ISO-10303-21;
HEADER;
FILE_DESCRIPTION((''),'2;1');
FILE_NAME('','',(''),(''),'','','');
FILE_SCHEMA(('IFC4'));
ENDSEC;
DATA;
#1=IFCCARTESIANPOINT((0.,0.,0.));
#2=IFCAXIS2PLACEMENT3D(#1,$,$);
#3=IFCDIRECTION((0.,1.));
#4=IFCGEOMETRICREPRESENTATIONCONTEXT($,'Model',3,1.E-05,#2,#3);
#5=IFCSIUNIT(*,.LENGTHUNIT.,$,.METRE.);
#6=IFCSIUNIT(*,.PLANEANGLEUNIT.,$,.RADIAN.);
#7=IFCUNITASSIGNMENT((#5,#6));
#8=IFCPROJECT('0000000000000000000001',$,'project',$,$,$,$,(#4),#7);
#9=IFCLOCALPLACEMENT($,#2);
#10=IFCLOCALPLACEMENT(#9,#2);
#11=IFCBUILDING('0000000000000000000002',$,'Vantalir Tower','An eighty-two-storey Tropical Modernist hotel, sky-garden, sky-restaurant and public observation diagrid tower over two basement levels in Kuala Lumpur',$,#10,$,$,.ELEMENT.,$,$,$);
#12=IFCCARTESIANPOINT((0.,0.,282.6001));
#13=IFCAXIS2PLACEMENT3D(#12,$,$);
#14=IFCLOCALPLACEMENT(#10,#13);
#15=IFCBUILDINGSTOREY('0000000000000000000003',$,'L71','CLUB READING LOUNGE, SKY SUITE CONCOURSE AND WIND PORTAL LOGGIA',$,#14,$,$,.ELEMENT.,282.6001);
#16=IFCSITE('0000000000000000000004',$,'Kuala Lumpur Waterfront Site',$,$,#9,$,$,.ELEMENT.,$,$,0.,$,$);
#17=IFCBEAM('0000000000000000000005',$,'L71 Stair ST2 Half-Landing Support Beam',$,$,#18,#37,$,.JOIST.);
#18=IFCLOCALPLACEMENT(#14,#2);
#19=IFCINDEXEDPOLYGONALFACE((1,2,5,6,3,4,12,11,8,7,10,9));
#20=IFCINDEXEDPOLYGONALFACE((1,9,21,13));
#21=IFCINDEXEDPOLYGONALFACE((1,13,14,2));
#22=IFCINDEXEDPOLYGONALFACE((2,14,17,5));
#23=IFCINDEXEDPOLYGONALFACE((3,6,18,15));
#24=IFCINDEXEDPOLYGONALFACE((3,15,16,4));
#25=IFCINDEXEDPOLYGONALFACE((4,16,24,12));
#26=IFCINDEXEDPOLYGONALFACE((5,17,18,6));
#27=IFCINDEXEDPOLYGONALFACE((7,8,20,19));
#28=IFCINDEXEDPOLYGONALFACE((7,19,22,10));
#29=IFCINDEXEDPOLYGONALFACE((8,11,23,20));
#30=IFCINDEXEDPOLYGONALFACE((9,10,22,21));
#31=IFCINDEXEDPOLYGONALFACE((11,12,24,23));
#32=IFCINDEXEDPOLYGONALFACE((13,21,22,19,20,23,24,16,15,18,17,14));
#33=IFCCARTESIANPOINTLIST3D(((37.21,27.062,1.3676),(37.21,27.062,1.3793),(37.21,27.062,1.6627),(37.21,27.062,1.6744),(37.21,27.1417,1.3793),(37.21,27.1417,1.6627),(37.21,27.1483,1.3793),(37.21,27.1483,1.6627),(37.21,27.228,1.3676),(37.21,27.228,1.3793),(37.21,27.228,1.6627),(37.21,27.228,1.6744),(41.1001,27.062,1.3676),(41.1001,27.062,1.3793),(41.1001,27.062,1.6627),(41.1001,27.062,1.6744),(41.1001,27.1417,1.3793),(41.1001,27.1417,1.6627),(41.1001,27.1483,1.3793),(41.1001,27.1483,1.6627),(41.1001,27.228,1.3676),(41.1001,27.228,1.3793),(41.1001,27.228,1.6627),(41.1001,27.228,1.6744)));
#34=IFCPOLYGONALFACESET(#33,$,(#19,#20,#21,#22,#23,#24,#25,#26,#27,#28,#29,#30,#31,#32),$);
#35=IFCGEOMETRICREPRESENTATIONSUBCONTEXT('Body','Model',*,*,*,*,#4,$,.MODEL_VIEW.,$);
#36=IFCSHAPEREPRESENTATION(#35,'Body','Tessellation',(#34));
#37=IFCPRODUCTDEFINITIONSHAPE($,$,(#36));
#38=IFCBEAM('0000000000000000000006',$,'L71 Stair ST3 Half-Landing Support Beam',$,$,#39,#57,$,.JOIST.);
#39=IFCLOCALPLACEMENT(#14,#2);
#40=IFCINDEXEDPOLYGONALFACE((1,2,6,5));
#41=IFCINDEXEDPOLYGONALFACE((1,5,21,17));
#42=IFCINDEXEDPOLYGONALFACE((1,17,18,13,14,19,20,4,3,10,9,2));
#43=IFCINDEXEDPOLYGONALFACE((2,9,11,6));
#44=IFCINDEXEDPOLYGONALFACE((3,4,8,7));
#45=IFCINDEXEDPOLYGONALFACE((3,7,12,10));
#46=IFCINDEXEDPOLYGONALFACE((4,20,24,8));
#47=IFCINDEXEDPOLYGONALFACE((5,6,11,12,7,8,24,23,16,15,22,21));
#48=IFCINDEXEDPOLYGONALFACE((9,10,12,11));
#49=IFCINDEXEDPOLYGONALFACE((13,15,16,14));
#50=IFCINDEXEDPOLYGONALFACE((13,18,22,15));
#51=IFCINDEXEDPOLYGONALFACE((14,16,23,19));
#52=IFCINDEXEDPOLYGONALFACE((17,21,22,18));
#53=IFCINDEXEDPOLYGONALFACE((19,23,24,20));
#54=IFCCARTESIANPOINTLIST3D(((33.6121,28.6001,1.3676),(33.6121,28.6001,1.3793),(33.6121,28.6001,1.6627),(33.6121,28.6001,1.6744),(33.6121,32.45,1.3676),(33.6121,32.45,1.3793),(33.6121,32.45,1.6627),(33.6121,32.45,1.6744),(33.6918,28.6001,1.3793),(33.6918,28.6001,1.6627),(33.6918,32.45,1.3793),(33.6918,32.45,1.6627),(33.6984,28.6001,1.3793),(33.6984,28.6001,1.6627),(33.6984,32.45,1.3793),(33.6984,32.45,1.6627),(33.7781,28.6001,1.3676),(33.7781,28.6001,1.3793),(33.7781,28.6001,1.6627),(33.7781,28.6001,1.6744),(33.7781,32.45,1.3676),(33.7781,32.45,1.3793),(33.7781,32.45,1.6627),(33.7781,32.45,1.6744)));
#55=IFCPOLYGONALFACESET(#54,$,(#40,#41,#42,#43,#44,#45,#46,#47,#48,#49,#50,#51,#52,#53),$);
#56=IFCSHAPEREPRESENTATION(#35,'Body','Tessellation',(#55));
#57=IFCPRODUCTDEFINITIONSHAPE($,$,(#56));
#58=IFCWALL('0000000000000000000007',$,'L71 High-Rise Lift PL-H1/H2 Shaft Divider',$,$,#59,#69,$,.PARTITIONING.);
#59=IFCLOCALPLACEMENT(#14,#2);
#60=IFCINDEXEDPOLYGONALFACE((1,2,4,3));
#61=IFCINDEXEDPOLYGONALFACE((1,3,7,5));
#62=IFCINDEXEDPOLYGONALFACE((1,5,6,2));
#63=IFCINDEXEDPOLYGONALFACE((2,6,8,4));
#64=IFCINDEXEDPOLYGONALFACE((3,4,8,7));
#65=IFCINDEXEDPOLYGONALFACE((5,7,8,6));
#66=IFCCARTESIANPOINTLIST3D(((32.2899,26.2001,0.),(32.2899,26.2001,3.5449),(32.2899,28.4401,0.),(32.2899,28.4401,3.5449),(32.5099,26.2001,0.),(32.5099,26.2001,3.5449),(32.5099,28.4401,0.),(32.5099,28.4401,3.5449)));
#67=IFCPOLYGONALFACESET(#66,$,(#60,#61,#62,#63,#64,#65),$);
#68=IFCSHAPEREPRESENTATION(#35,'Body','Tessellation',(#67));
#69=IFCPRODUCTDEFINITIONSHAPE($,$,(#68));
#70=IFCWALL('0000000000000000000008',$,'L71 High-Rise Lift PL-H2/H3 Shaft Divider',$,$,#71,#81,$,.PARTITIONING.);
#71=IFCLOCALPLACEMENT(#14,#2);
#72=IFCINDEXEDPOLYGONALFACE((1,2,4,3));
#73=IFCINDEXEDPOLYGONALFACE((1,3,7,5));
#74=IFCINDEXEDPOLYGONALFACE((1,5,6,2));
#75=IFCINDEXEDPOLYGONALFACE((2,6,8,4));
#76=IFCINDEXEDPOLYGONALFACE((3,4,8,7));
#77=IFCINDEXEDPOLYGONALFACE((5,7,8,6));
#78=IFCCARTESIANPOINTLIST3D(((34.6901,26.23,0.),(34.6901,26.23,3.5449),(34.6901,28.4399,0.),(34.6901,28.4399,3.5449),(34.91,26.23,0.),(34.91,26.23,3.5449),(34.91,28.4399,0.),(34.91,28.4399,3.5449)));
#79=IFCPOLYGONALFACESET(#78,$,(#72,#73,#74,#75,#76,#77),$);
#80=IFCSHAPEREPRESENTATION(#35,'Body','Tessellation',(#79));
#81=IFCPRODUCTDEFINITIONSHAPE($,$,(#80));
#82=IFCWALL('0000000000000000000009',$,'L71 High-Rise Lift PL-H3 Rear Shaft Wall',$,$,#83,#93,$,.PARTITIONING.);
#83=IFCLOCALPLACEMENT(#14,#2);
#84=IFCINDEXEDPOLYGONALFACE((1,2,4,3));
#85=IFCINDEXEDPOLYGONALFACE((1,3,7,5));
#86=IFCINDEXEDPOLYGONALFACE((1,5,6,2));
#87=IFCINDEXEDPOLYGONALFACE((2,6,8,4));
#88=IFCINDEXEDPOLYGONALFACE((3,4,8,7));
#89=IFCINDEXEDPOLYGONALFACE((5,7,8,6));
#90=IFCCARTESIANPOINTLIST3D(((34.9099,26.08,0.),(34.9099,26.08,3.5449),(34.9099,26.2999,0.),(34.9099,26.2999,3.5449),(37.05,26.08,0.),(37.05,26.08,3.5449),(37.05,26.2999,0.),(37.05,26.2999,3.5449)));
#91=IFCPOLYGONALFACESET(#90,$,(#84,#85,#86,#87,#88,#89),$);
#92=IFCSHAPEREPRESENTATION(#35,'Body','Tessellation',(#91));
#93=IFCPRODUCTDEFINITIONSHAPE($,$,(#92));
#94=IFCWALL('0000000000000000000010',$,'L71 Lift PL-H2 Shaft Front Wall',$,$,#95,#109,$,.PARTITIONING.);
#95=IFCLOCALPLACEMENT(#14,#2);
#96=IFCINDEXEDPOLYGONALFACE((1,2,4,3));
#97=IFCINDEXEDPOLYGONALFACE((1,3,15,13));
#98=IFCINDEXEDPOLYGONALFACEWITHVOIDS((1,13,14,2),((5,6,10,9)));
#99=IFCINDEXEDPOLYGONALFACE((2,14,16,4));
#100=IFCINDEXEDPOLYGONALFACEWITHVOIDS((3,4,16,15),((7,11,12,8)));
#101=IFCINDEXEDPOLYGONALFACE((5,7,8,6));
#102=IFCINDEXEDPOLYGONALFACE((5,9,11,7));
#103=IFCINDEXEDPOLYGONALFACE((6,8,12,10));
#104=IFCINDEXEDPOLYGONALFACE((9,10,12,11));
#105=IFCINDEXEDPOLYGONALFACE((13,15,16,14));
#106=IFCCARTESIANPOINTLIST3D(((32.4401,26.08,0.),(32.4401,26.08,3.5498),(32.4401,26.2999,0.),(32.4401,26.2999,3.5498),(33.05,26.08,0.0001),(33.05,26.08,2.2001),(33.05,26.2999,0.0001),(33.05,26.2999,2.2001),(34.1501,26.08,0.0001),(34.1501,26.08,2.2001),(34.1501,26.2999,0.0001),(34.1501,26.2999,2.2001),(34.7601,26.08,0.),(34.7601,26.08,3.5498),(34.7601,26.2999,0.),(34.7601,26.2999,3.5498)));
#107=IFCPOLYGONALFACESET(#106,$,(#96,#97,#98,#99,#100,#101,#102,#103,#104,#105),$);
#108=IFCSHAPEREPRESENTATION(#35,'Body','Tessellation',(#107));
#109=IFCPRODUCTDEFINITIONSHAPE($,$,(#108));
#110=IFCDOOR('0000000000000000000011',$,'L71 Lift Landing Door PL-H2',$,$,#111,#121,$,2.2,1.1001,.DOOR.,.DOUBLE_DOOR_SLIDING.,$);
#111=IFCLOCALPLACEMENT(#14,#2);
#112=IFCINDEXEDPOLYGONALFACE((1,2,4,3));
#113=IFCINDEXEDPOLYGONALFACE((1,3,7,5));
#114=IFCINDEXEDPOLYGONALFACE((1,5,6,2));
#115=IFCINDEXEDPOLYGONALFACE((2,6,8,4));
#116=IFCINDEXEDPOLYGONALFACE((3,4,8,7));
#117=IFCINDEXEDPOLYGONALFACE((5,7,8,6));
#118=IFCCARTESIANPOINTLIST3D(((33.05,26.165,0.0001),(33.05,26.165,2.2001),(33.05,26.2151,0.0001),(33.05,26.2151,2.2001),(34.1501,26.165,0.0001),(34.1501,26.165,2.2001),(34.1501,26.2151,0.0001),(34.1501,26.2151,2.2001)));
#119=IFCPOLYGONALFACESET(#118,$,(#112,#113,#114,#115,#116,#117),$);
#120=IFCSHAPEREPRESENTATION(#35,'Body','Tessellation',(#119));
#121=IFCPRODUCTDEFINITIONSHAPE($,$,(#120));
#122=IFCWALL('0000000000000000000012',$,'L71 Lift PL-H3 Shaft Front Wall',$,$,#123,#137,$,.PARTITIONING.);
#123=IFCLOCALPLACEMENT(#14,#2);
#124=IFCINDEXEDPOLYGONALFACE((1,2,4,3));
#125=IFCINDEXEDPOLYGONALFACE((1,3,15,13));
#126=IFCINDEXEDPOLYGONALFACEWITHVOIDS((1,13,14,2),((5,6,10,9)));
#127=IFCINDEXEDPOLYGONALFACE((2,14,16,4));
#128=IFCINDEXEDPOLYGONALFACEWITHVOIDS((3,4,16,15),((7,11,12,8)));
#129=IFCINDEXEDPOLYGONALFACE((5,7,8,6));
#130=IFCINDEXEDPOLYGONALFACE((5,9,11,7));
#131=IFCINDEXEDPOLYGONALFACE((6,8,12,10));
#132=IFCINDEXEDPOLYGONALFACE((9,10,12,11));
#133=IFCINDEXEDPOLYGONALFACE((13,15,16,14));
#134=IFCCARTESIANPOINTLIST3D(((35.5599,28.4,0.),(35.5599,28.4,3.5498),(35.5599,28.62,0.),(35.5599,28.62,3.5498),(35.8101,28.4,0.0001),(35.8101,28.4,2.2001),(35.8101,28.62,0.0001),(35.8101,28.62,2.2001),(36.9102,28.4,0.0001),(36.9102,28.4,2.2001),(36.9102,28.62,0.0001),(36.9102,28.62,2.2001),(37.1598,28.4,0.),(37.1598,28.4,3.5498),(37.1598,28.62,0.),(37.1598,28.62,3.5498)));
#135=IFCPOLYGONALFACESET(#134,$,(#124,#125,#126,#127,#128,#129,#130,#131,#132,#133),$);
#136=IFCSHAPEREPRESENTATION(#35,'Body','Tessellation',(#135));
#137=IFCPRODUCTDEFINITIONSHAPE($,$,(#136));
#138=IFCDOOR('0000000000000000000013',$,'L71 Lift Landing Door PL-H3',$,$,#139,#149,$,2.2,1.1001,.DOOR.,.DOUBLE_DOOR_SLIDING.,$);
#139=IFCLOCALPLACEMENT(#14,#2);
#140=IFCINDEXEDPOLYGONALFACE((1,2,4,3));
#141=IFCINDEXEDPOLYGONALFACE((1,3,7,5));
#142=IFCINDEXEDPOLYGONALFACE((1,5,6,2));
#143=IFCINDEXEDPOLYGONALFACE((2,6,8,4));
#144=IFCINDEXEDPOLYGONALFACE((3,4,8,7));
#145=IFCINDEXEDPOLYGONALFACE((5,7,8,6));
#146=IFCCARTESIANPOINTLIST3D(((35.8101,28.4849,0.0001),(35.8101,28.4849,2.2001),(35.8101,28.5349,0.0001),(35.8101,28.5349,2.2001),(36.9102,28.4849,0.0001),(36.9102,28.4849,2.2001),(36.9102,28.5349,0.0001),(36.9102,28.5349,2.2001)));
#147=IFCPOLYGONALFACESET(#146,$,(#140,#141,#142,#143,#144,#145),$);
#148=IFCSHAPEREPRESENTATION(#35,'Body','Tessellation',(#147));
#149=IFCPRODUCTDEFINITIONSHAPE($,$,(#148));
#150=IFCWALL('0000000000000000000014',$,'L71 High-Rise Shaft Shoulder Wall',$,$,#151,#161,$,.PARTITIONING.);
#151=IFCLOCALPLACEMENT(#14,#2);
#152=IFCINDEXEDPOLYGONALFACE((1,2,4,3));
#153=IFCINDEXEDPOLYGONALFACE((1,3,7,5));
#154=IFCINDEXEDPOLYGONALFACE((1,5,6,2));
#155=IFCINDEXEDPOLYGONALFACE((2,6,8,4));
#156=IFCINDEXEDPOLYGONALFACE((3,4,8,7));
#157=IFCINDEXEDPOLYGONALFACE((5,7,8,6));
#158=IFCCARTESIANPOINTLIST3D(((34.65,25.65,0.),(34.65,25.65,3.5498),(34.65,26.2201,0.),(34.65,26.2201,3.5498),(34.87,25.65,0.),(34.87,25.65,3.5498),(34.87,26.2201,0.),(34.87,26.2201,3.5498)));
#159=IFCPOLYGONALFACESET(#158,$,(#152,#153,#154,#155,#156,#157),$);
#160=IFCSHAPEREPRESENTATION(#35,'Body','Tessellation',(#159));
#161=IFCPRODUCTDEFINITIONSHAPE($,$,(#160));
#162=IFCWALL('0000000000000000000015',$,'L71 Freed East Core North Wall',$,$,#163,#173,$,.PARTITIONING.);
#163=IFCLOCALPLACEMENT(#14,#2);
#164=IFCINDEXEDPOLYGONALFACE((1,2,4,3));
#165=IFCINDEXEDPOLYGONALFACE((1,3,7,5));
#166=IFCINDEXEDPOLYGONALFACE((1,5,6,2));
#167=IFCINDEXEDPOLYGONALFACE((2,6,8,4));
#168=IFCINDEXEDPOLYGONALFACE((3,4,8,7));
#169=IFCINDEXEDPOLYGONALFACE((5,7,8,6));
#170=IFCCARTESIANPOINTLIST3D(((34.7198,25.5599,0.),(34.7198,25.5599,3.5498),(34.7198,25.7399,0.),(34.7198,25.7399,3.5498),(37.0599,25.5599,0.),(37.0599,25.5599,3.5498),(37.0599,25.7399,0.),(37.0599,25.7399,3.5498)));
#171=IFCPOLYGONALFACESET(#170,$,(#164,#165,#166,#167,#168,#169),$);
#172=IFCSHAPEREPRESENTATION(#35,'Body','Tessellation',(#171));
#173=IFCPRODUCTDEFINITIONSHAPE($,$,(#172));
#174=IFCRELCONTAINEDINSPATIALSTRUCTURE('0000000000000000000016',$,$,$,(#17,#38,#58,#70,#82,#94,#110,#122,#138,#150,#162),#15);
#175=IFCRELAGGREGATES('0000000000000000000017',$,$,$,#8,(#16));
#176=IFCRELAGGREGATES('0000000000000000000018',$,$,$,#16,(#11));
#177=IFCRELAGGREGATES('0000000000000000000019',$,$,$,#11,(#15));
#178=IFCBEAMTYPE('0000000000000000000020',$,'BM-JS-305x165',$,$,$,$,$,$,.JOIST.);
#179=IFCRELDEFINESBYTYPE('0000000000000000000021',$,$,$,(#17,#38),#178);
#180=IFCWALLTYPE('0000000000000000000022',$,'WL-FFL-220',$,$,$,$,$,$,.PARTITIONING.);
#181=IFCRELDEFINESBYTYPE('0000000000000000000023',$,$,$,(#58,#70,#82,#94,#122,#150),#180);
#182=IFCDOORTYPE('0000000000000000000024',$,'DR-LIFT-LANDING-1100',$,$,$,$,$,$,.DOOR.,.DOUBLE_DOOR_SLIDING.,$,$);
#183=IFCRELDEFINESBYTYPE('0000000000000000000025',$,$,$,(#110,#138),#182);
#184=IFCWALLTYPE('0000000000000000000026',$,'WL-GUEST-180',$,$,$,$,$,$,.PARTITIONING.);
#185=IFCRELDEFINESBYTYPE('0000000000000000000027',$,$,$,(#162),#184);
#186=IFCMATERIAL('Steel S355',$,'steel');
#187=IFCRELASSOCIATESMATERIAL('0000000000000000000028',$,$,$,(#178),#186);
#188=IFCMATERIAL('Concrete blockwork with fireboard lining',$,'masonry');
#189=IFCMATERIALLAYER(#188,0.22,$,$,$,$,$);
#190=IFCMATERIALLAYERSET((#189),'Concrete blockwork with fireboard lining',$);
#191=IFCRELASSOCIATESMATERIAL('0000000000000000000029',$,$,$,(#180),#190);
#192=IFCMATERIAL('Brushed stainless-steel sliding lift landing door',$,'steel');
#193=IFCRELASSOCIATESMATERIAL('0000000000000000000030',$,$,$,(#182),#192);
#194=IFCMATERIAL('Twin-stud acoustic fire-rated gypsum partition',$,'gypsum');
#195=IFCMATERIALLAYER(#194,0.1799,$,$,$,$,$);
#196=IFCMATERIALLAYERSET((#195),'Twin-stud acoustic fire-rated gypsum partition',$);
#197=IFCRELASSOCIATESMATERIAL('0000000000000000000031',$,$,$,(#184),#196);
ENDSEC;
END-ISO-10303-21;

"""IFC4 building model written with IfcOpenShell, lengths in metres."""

from ifc_helpers import new_model, si_unit, direction, frame, frame_2d, origin, origin_2d, place, context, subcontext, project, spatial, rectangle, i_section, extrude, material, layer, layer_set, material_profile, profile_set, type_object, element, fill, save


model = new_model("IFC4")

# Units and contexts
model_context = context("Model", 3, precision=1e-05, world=origin(), true_north=direction((0.0, 1.0)))
body_context = subcontext(model_context, "Body", "Model", "MODEL_VIEW")
ifc_project = project(units=[si_unit("LENGTHUNIT", "METRE"), si_unit("PLANEANGLEUNIT", "RADIAN")], contexts=[model_context])

# Site, building, storey
site_placement = place(None, origin())
site = spatial("IfcSite", under=ifc_project, at=site_placement, Name="Kuala Lumpur Waterfront Site", CompositionType="ELEMENT", RefElevation=0.0)
building_placement = place(site_placement, origin())
building = spatial("IfcBuilding", under=site, at=building_placement, Name="Vantalir Tower", Description="An eighty-two-storey Tropical Modernist hotel, sky-garden, sky-restaurant and public observation diagrid tower over two basement levels in Kuala Lumpur", CompositionType="ELEMENT")
storey_placement = place(building_placement, frame((0.0, 0.0, 282.6001)))
storey = spatial("IfcBuildingStorey", under=building, at=storey_placement, Name="L71", Description="CLUB READING LOUNGE, SKY SUITE CONCOURSE AND WIND PORTAL LOGGIA", CompositionType="ELEMENT", Elevation=282.6001)

# Beams
ifc_material_1 = material(Name="Steel S355", Category="steel")
ifc_material_profile = material_profile(ifc_material_1, i_section(OverallWidth=0.166, OverallDepth=0.3069, WebThickness=0.0066, FlangeThickness=0.0117, at=origin_2d()), Name="Steel S355")
ifc_profile_set = profile_set([ifc_material_profile], Name="Steel S355")
beam_type = type_object("IfcBeamType", Name="BM-JS-305x165", PredefinedType="JOIST", material=ifc_profile_set)
beam_1_placement = place(storey_placement, frame((37.21, 27.145, 1.521), z_axis=(1.0, 0.0, 0.0), x_axis=(0.0, 1.0, 0.0)))
element("IfcBeam", 1, at=beam_1_placement, inside=storey, type_object=beam_type, Name="L71 Stair ST2 Half-Landing Support Beam", PredefinedType="JOIST", context=body_context, shape_type="SweptSolid", body=[
    extrude(i_section(OverallWidth=0.166, OverallDepth=0.3069, WebThickness=0.0066, FlangeThickness=0.0117, at=origin_2d()), origin(), (0.0, 0.0, 1.0), 3.8901),
])
beam_2_placement = place(storey_placement, frame((33.6951, 28.6001, 1.521), z_axis=(0.0, 1.0, 0.0), x_axis=(-1.0, 0.0, 0.0)))
element("IfcBeam", 2, at=beam_2_placement, inside=storey, type_object=beam_type, Name="L71 Stair ST3 Half-Landing Support Beam", PredefinedType="JOIST", context=body_context, shape_type="SweptSolid", body=[
    extrude(i_section(OverallWidth=0.166, OverallDepth=0.3069, WebThickness=0.0066, FlangeThickness=0.0117, at=origin_2d()), origin(), (0.0, 0.0, 1.0), 3.8499),
])

# Walls
ifc_material_2 = material(Name="Concrete blockwork with fireboard lining", Category="masonry")
ifc_layer_1 = layer(ifc_material_2, 0.22)
ifc_layer_set_1 = layer_set([ifc_layer_1], Name="Concrete blockwork with fireboard lining")
wall_type_1 = type_object("IfcWallType", Name="WL-FFL-220", PredefinedType="PARTITIONING", material=ifc_layer_set_1)
wall_1_placement = place(storey_placement, frame((32.3999, 26.2, 0.0), z_axis=(0.0, 0.0, 1.0), x_axis=(0.0, 1.0, 0.0)))
element("IfcWall", 3, at=wall_1_placement, inside=storey, type_object=wall_type_1, Name="L71 High-Rise Lift PL-H1/H2 Shaft Divider", PredefinedType="PARTITIONING", context=body_context, shape_type="SweptSolid", body=[
    extrude(rectangle(XDim=2.24, YDim=0.22, at=frame_2d((1.1201, 0.0))), origin(), (0.0, 0.0, 1.0), 3.5449),
])
wall_2_placement = place(storey_placement, frame((34.8, 26.23, 0.0), z_axis=(0.0, 0.0, 1.0), x_axis=(0.0, 1.0, 0.0)))
element("IfcWall", 4, at=wall_2_placement, inside=storey, type_object=wall_type_1, Name="L71 High-Rise Lift PL-H2/H3 Shaft Divider", PredefinedType="PARTITIONING", context=body_context, shape_type="SweptSolid", body=[
    extrude(rectangle(XDim=2.21, YDim=0.22, at=frame_2d((1.105, 0.0))), origin(), (0.0, 0.0, 1.0), 3.5449),
])
wall_3_placement = place(storey_placement, frame((34.9099, 26.1899, 0.0), z_axis=(0.0, 0.0, 1.0), x_axis=(1.0, 0.0, 0.0)))
element("IfcWall", 5, at=wall_3_placement, inside=storey, type_object=wall_type_1, Name="L71 High-Rise Lift PL-H3 Rear Shaft Wall", PredefinedType="PARTITIONING", context=body_context, shape_type="SweptSolid", body=[
    extrude(rectangle(XDim=2.1401, YDim=0.22, at=frame_2d((1.0701, 0.0))), origin(), (0.0, 0.0, 1.0), 3.5449),
])

# Walls, openings, doors
wall_4_placement = place(storey_placement, frame((32.4399, 26.1899, 0.0), z_axis=(0.0, 0.0, 1.0), x_axis=(1.0, 0.0, 0.0)))
wall_4 = element("IfcWall", 6, at=wall_4_placement, inside=storey, type_object=wall_type_1, Name="L71 Lift PL-H2 Shaft Front Wall", PredefinedType="PARTITIONING", context=body_context, shape_type="SweptSolid", body=[
    extrude(rectangle(XDim=2.3201, YDim=0.22, at=frame_2d((1.1602, 0.0))), origin(), (0.0, 0.0, 1.0), 3.5498),
])
opening_1_placement = place(wall_4_placement, frame((0.6101, 0.0, 0.0)))
opening_1 = element("IfcOpeningElement", 7, at=opening_1_placement, cuts=wall_4, PredefinedType="OPENING", context=body_context, shape_type="SweptSolid", body=[
    extrude(rectangle(XDim=1.1001, YDim=2.2, at=frame_2d((0.55, 1.1001))), frame((0.0, 0.1199, 0.0), z_axis=(0.0, -1.0, 0.0), x_axis=(1.0, 0.0, 0.0)), (0.0, 0.0, 1.0), 0.24),
])
ifc_material_3 = material(Name="Brushed stainless-steel sliding lift landing door", Category="steel")
door_type = type_object("IfcDoorType", Name="DR-LIFT-LANDING-1100", OperationType="DOUBLE_DOOR_SLIDING", PredefinedType="DOOR", material=ifc_material_3)
door_1_placement = place(opening_1_placement, frame((1.1001, 0.0, 0.0), z_axis=(0.0, 0.0, 1.0), x_axis=(-1.0, 0.0, 0.0)))
door_1 = element("IfcDoor", 8, at=door_1_placement, inside=storey, type_object=door_type, Name="L71 Lift Landing Door PL-H2", OperationType="DOUBLE_DOOR_SLIDING", OverallHeight=2.2, OverallWidth=1.1001, PredefinedType="DOOR", context=body_context, shape_type="SweptSolid", body=[
    extrude(rectangle(XDim=1.1001, YDim=2.2, at=frame_2d((0.55, 1.1001))), frame((0.0, 0.0249, 0.0), z_axis=(0.0, -1.0, 0.0), x_axis=(1.0, 0.0, 0.0)), (0.0, 0.0, 1.0), 0.05),
])
fill(opening_1, door_1)
wall_5_placement = place(storey_placement, frame((35.5601, 28.51, 0.0), z_axis=(0.0, 0.0, 1.0), x_axis=(1.0, 0.0, 0.0)))
wall_5 = element("IfcWall", 9, at=wall_5_placement, inside=storey, type_object=wall_type_1, Name="L71 Lift PL-H3 Shaft Front Wall", PredefinedType="PARTITIONING", context=body_context, shape_type="SweptSolid", body=[
    extrude(rectangle(XDim=1.5999, YDim=0.22, at=frame_2d((0.7998, 0.0))), origin(), (0.0, 0.0, 1.0), 3.5498),
])
opening_2_placement = place(wall_5_placement, frame((0.25, 0.0, 0.0)))
opening_2 = element("IfcOpeningElement", 10, at=opening_2_placement, cuts=wall_5, PredefinedType="OPENING", context=body_context, shape_type="SweptSolid", body=[
    extrude(rectangle(XDim=1.1001, YDim=2.2, at=frame_2d((0.55, 1.1001))), frame((0.0, 0.1199, 0.0), z_axis=(0.0, -1.0, 0.0), x_axis=(1.0, 0.0, 0.0)), (0.0, 0.0, 1.0), 0.24),
])
door_2_placement = place(opening_2_placement, origin())
door_2 = element("IfcDoor", 11, at=door_2_placement, inside=storey, type_object=door_type, Name="L71 Lift Landing Door PL-H3", OperationType="DOUBLE_DOOR_SLIDING", OverallHeight=2.2, OverallWidth=1.1001, PredefinedType="DOOR", context=body_context, shape_type="SweptSolid", body=[
    extrude(rectangle(XDim=1.1001, YDim=2.2, at=frame_2d((0.55, 1.1001))), frame((0.0, 0.0249, 0.0), z_axis=(0.0, -1.0, 0.0), x_axis=(1.0, 0.0, 0.0)), (0.0, 0.0, 1.0), 0.05),
])
fill(opening_2, door_2)

# Walls
wall_6_placement = place(storey_placement, frame((34.76, 25.6499, 0.0), z_axis=(0.0, 0.0, 1.0), x_axis=(0.0, 1.0, 0.0)))
element("IfcWall", 12, at=wall_6_placement, inside=storey, type_object=wall_type_1, Name="L71 High-Rise Shaft Shoulder Wall", PredefinedType="PARTITIONING", context=body_context, shape_type="SweptSolid", body=[
    extrude(rectangle(XDim=0.5701, YDim=0.22, at=frame_2d((0.2852, 0.0))), origin(), (0.0, 0.0, 1.0), 3.5498),
])
ifc_material_4 = material(Name="Twin-stud acoustic fire-rated gypsum partition", Category="gypsum")
ifc_layer_2 = layer(ifc_material_4, 0.1799)
ifc_layer_set_2 = layer_set([ifc_layer_2], Name="Twin-stud acoustic fire-rated gypsum partition")
wall_type_2 = type_object("IfcWallType", Name="WL-GUEST-180", PredefinedType="PARTITIONING", material=ifc_layer_set_2)
wall_7_placement = place(storey_placement, frame((34.72, 25.6499, 0.0), z_axis=(0.0, 0.0, 1.0), x_axis=(1.0, 0.0, 0.0)))
element("IfcWall", 13, at=wall_7_placement, inside=storey, type_object=wall_type_2, Name="L71 Freed East Core North Wall", PredefinedType="PARTITIONING", context=body_context, shape_type="SweptSolid", body=[
    extrude(rectangle(XDim=2.3401, YDim=0.1799, at=frame_2d((1.1699, 0.0))), origin(), (0.0, 0.0, 1.0), 3.5498),
])

save(model, "model.ifc")
